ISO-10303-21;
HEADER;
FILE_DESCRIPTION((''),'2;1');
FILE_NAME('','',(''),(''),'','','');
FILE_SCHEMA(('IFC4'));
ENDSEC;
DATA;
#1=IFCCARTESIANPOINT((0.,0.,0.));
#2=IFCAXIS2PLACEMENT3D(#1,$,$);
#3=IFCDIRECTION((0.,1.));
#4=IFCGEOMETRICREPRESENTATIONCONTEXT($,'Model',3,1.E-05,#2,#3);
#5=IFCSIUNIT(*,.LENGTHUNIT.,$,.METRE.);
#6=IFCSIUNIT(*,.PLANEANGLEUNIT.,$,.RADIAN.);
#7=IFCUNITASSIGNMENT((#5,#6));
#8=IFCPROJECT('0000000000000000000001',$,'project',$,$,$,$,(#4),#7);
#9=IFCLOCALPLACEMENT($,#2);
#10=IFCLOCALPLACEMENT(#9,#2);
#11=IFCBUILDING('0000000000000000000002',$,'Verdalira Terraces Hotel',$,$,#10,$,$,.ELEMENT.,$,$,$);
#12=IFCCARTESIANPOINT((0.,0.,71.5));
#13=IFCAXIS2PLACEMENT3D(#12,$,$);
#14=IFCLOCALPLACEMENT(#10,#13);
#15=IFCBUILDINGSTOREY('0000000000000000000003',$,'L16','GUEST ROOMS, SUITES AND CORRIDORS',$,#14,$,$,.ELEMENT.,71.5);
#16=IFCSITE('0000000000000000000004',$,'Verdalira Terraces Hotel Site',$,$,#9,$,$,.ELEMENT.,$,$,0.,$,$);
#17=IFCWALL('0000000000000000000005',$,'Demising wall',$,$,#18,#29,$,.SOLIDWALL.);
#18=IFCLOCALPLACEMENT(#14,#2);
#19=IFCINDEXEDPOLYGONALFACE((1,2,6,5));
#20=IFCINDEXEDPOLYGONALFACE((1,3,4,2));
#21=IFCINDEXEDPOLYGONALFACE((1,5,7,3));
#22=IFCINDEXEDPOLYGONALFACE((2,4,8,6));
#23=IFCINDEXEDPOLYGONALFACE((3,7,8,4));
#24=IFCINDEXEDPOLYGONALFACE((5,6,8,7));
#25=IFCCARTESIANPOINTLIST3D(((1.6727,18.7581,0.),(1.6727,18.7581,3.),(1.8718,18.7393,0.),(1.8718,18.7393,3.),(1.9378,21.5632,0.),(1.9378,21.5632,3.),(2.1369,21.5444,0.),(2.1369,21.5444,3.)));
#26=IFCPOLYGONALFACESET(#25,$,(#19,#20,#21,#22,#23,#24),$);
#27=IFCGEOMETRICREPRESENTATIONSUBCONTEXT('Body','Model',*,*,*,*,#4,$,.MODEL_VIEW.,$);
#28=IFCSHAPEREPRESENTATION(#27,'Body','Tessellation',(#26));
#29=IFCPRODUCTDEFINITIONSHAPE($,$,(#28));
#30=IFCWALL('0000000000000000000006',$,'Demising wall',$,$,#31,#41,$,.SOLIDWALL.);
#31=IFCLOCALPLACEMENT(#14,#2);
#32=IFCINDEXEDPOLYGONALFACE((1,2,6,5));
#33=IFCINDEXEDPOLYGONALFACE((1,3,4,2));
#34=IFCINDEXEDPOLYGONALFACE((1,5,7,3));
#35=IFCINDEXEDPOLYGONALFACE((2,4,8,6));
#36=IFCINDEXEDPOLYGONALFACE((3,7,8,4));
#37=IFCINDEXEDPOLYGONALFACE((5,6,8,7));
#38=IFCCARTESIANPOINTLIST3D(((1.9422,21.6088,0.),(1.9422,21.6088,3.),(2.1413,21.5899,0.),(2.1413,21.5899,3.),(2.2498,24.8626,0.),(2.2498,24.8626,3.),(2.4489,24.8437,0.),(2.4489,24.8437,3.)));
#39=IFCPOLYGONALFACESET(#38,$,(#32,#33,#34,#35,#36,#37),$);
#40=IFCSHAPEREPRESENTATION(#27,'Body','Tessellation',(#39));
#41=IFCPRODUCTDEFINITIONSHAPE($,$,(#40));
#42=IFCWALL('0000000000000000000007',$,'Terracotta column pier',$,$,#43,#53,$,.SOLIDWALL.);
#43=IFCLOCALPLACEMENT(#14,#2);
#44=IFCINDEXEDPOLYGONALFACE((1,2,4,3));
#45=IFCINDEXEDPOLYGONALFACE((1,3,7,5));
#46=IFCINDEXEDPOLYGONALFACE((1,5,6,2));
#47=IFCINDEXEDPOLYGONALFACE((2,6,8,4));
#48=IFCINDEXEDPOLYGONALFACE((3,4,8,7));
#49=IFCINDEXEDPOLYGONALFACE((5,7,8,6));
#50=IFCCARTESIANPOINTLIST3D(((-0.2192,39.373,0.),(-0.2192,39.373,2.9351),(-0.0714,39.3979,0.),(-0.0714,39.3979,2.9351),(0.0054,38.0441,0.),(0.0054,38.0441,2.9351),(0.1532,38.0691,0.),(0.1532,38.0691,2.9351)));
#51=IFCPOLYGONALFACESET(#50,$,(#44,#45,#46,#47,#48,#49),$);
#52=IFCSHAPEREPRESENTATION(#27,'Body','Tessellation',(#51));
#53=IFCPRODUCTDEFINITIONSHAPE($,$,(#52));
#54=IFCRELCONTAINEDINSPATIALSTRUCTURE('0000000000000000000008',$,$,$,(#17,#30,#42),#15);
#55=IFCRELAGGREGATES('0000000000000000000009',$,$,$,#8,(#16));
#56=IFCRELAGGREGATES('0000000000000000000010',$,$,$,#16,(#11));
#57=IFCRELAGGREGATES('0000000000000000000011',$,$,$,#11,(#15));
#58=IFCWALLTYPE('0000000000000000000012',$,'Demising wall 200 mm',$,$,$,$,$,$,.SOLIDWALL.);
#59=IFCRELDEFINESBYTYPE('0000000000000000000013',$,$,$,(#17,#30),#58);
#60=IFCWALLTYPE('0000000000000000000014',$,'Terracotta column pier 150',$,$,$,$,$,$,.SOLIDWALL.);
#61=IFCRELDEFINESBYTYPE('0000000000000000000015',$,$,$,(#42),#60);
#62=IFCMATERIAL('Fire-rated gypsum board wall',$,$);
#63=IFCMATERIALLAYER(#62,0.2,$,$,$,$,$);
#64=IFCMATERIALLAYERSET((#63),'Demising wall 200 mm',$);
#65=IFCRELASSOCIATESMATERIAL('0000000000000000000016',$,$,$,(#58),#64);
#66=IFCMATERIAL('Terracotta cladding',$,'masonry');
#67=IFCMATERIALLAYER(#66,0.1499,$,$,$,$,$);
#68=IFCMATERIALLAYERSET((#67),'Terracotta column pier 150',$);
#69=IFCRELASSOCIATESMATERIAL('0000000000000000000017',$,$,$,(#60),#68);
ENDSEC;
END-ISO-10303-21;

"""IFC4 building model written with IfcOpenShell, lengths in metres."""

from ifc_helpers import new_model, si_unit, direction, frame, frame_2d, origin, place, context, subcontext, project, spatial, rectangle, extrude, material, layer, layer_set, type_object, element, save


model = new_model("IFC4")

# Units and contexts
model_context = context("Model", 3, precision=1e-05, world=origin(), true_north=direction((0.0, 1.0)))
body_context = subcontext(model_context, "Body", "Model", "MODEL_VIEW")
ifc_project = project(units=[si_unit("LENGTHUNIT", "METRE"), si_unit("PLANEANGLEUNIT", "RADIAN")], contexts=[model_context])

# Site, building, storey
site_placement = place(None, origin())
site = spatial("IfcSite", under=ifc_project, at=site_placement, Name="Verdalira Terraces Hotel Site", CompositionType="ELEMENT", RefElevation=0.0)
building_placement = place(site_placement, origin())
building = spatial("IfcBuilding", under=site, at=building_placement, Name="Verdalira Terraces Hotel", CompositionType="ELEMENT")
storey_placement = place(building_placement, frame((0.0, 0.0, 71.5)))
storey = spatial("IfcBuildingStorey", under=building, at=storey_placement, Name="L16", Description="GUEST ROOMS, SUITES AND CORRIDORS", CompositionType="ELEMENT", Elevation=71.5)

# Walls
ifc_material_1 = material(Name="Fire-rated gypsum board wall")
ifc_layer_1 = layer(ifc_material_1, 0.2)
ifc_layer_set_1 = layer_set([ifc_layer_1], Name="Demising wall 200 mm")
wall_type_1 = type_object("IfcWallType", Name="Demising wall 200 mm", PredefinedType="SOLIDWALL", material=ifc_layer_set_1)
wall_1_placement = place(storey_placement, frame((2.0374, 21.5537, 0.0), z_axis=(0.0, 0.0, 1.0), x_axis=(-0.094098, -0.995563, 0.0)))
element("IfcWall", 1, at=wall_1_placement, inside=storey, type_object=wall_type_1, Name="Demising wall", PredefinedType="SOLIDWALL", context=body_context, shape_type="SweptSolid", body=[
    extrude(rectangle(XDim=2.8176, YDim=0.2, at=frame_2d((1.4087, 0.0))), origin(), (0.0, 0.0, 1.0), 3.0),
])
wall_2_placement = place(storey_placement, frame((2.3494, 24.8533, 0.0), z_axis=(0.0, 0.0, 1.0), x_axis=(-0.094118, -0.995561, 0.0)))
element("IfcWall", 2, at=wall_2_placement, inside=storey, type_object=wall_type_1, Name="Demising wall", PredefinedType="SOLIDWALL", context=body_context, shape_type="SweptSolid", body=[
    extrude(rectangle(XDim=3.2683, YDim=0.2, at=frame_2d((1.6343, 0.0))), origin(), (0.0, 0.0, 1.0), 3.0),
])
ifc_material_2 = material(Name="Terracotta cladding", Category="masonry")
ifc_layer_2 = layer(ifc_material_2, 0.1499)
ifc_layer_set_2 = layer_set([ifc_layer_2], Name="Terracotta column pier 150")
wall_type_2 = type_object("IfcWallType", Name="Terracotta column pier 150", PredefinedType="SOLIDWALL", material=ifc_layer_set_2)
wall_3_placement = place(storey_placement, frame((0.0793, 38.0566, 0.0), z_axis=(0.0, 0.0, 1.0), x_axis=(-0.166661, 0.986014, 0.0)))
element("IfcWall", 3, at=wall_3_placement, inside=storey, type_object=wall_type_2, Name="Terracotta column pier", PredefinedType="SOLIDWALL", context=body_context, shape_type="SweptSolid", body=[
    extrude(rectangle(XDim=1.3477, YDim=0.1499, at=frame_2d((0.6738, 0.0))), origin(), (0.0, 0.0, 1.0), 2.9351),
])

save(model, "model.ifc")
